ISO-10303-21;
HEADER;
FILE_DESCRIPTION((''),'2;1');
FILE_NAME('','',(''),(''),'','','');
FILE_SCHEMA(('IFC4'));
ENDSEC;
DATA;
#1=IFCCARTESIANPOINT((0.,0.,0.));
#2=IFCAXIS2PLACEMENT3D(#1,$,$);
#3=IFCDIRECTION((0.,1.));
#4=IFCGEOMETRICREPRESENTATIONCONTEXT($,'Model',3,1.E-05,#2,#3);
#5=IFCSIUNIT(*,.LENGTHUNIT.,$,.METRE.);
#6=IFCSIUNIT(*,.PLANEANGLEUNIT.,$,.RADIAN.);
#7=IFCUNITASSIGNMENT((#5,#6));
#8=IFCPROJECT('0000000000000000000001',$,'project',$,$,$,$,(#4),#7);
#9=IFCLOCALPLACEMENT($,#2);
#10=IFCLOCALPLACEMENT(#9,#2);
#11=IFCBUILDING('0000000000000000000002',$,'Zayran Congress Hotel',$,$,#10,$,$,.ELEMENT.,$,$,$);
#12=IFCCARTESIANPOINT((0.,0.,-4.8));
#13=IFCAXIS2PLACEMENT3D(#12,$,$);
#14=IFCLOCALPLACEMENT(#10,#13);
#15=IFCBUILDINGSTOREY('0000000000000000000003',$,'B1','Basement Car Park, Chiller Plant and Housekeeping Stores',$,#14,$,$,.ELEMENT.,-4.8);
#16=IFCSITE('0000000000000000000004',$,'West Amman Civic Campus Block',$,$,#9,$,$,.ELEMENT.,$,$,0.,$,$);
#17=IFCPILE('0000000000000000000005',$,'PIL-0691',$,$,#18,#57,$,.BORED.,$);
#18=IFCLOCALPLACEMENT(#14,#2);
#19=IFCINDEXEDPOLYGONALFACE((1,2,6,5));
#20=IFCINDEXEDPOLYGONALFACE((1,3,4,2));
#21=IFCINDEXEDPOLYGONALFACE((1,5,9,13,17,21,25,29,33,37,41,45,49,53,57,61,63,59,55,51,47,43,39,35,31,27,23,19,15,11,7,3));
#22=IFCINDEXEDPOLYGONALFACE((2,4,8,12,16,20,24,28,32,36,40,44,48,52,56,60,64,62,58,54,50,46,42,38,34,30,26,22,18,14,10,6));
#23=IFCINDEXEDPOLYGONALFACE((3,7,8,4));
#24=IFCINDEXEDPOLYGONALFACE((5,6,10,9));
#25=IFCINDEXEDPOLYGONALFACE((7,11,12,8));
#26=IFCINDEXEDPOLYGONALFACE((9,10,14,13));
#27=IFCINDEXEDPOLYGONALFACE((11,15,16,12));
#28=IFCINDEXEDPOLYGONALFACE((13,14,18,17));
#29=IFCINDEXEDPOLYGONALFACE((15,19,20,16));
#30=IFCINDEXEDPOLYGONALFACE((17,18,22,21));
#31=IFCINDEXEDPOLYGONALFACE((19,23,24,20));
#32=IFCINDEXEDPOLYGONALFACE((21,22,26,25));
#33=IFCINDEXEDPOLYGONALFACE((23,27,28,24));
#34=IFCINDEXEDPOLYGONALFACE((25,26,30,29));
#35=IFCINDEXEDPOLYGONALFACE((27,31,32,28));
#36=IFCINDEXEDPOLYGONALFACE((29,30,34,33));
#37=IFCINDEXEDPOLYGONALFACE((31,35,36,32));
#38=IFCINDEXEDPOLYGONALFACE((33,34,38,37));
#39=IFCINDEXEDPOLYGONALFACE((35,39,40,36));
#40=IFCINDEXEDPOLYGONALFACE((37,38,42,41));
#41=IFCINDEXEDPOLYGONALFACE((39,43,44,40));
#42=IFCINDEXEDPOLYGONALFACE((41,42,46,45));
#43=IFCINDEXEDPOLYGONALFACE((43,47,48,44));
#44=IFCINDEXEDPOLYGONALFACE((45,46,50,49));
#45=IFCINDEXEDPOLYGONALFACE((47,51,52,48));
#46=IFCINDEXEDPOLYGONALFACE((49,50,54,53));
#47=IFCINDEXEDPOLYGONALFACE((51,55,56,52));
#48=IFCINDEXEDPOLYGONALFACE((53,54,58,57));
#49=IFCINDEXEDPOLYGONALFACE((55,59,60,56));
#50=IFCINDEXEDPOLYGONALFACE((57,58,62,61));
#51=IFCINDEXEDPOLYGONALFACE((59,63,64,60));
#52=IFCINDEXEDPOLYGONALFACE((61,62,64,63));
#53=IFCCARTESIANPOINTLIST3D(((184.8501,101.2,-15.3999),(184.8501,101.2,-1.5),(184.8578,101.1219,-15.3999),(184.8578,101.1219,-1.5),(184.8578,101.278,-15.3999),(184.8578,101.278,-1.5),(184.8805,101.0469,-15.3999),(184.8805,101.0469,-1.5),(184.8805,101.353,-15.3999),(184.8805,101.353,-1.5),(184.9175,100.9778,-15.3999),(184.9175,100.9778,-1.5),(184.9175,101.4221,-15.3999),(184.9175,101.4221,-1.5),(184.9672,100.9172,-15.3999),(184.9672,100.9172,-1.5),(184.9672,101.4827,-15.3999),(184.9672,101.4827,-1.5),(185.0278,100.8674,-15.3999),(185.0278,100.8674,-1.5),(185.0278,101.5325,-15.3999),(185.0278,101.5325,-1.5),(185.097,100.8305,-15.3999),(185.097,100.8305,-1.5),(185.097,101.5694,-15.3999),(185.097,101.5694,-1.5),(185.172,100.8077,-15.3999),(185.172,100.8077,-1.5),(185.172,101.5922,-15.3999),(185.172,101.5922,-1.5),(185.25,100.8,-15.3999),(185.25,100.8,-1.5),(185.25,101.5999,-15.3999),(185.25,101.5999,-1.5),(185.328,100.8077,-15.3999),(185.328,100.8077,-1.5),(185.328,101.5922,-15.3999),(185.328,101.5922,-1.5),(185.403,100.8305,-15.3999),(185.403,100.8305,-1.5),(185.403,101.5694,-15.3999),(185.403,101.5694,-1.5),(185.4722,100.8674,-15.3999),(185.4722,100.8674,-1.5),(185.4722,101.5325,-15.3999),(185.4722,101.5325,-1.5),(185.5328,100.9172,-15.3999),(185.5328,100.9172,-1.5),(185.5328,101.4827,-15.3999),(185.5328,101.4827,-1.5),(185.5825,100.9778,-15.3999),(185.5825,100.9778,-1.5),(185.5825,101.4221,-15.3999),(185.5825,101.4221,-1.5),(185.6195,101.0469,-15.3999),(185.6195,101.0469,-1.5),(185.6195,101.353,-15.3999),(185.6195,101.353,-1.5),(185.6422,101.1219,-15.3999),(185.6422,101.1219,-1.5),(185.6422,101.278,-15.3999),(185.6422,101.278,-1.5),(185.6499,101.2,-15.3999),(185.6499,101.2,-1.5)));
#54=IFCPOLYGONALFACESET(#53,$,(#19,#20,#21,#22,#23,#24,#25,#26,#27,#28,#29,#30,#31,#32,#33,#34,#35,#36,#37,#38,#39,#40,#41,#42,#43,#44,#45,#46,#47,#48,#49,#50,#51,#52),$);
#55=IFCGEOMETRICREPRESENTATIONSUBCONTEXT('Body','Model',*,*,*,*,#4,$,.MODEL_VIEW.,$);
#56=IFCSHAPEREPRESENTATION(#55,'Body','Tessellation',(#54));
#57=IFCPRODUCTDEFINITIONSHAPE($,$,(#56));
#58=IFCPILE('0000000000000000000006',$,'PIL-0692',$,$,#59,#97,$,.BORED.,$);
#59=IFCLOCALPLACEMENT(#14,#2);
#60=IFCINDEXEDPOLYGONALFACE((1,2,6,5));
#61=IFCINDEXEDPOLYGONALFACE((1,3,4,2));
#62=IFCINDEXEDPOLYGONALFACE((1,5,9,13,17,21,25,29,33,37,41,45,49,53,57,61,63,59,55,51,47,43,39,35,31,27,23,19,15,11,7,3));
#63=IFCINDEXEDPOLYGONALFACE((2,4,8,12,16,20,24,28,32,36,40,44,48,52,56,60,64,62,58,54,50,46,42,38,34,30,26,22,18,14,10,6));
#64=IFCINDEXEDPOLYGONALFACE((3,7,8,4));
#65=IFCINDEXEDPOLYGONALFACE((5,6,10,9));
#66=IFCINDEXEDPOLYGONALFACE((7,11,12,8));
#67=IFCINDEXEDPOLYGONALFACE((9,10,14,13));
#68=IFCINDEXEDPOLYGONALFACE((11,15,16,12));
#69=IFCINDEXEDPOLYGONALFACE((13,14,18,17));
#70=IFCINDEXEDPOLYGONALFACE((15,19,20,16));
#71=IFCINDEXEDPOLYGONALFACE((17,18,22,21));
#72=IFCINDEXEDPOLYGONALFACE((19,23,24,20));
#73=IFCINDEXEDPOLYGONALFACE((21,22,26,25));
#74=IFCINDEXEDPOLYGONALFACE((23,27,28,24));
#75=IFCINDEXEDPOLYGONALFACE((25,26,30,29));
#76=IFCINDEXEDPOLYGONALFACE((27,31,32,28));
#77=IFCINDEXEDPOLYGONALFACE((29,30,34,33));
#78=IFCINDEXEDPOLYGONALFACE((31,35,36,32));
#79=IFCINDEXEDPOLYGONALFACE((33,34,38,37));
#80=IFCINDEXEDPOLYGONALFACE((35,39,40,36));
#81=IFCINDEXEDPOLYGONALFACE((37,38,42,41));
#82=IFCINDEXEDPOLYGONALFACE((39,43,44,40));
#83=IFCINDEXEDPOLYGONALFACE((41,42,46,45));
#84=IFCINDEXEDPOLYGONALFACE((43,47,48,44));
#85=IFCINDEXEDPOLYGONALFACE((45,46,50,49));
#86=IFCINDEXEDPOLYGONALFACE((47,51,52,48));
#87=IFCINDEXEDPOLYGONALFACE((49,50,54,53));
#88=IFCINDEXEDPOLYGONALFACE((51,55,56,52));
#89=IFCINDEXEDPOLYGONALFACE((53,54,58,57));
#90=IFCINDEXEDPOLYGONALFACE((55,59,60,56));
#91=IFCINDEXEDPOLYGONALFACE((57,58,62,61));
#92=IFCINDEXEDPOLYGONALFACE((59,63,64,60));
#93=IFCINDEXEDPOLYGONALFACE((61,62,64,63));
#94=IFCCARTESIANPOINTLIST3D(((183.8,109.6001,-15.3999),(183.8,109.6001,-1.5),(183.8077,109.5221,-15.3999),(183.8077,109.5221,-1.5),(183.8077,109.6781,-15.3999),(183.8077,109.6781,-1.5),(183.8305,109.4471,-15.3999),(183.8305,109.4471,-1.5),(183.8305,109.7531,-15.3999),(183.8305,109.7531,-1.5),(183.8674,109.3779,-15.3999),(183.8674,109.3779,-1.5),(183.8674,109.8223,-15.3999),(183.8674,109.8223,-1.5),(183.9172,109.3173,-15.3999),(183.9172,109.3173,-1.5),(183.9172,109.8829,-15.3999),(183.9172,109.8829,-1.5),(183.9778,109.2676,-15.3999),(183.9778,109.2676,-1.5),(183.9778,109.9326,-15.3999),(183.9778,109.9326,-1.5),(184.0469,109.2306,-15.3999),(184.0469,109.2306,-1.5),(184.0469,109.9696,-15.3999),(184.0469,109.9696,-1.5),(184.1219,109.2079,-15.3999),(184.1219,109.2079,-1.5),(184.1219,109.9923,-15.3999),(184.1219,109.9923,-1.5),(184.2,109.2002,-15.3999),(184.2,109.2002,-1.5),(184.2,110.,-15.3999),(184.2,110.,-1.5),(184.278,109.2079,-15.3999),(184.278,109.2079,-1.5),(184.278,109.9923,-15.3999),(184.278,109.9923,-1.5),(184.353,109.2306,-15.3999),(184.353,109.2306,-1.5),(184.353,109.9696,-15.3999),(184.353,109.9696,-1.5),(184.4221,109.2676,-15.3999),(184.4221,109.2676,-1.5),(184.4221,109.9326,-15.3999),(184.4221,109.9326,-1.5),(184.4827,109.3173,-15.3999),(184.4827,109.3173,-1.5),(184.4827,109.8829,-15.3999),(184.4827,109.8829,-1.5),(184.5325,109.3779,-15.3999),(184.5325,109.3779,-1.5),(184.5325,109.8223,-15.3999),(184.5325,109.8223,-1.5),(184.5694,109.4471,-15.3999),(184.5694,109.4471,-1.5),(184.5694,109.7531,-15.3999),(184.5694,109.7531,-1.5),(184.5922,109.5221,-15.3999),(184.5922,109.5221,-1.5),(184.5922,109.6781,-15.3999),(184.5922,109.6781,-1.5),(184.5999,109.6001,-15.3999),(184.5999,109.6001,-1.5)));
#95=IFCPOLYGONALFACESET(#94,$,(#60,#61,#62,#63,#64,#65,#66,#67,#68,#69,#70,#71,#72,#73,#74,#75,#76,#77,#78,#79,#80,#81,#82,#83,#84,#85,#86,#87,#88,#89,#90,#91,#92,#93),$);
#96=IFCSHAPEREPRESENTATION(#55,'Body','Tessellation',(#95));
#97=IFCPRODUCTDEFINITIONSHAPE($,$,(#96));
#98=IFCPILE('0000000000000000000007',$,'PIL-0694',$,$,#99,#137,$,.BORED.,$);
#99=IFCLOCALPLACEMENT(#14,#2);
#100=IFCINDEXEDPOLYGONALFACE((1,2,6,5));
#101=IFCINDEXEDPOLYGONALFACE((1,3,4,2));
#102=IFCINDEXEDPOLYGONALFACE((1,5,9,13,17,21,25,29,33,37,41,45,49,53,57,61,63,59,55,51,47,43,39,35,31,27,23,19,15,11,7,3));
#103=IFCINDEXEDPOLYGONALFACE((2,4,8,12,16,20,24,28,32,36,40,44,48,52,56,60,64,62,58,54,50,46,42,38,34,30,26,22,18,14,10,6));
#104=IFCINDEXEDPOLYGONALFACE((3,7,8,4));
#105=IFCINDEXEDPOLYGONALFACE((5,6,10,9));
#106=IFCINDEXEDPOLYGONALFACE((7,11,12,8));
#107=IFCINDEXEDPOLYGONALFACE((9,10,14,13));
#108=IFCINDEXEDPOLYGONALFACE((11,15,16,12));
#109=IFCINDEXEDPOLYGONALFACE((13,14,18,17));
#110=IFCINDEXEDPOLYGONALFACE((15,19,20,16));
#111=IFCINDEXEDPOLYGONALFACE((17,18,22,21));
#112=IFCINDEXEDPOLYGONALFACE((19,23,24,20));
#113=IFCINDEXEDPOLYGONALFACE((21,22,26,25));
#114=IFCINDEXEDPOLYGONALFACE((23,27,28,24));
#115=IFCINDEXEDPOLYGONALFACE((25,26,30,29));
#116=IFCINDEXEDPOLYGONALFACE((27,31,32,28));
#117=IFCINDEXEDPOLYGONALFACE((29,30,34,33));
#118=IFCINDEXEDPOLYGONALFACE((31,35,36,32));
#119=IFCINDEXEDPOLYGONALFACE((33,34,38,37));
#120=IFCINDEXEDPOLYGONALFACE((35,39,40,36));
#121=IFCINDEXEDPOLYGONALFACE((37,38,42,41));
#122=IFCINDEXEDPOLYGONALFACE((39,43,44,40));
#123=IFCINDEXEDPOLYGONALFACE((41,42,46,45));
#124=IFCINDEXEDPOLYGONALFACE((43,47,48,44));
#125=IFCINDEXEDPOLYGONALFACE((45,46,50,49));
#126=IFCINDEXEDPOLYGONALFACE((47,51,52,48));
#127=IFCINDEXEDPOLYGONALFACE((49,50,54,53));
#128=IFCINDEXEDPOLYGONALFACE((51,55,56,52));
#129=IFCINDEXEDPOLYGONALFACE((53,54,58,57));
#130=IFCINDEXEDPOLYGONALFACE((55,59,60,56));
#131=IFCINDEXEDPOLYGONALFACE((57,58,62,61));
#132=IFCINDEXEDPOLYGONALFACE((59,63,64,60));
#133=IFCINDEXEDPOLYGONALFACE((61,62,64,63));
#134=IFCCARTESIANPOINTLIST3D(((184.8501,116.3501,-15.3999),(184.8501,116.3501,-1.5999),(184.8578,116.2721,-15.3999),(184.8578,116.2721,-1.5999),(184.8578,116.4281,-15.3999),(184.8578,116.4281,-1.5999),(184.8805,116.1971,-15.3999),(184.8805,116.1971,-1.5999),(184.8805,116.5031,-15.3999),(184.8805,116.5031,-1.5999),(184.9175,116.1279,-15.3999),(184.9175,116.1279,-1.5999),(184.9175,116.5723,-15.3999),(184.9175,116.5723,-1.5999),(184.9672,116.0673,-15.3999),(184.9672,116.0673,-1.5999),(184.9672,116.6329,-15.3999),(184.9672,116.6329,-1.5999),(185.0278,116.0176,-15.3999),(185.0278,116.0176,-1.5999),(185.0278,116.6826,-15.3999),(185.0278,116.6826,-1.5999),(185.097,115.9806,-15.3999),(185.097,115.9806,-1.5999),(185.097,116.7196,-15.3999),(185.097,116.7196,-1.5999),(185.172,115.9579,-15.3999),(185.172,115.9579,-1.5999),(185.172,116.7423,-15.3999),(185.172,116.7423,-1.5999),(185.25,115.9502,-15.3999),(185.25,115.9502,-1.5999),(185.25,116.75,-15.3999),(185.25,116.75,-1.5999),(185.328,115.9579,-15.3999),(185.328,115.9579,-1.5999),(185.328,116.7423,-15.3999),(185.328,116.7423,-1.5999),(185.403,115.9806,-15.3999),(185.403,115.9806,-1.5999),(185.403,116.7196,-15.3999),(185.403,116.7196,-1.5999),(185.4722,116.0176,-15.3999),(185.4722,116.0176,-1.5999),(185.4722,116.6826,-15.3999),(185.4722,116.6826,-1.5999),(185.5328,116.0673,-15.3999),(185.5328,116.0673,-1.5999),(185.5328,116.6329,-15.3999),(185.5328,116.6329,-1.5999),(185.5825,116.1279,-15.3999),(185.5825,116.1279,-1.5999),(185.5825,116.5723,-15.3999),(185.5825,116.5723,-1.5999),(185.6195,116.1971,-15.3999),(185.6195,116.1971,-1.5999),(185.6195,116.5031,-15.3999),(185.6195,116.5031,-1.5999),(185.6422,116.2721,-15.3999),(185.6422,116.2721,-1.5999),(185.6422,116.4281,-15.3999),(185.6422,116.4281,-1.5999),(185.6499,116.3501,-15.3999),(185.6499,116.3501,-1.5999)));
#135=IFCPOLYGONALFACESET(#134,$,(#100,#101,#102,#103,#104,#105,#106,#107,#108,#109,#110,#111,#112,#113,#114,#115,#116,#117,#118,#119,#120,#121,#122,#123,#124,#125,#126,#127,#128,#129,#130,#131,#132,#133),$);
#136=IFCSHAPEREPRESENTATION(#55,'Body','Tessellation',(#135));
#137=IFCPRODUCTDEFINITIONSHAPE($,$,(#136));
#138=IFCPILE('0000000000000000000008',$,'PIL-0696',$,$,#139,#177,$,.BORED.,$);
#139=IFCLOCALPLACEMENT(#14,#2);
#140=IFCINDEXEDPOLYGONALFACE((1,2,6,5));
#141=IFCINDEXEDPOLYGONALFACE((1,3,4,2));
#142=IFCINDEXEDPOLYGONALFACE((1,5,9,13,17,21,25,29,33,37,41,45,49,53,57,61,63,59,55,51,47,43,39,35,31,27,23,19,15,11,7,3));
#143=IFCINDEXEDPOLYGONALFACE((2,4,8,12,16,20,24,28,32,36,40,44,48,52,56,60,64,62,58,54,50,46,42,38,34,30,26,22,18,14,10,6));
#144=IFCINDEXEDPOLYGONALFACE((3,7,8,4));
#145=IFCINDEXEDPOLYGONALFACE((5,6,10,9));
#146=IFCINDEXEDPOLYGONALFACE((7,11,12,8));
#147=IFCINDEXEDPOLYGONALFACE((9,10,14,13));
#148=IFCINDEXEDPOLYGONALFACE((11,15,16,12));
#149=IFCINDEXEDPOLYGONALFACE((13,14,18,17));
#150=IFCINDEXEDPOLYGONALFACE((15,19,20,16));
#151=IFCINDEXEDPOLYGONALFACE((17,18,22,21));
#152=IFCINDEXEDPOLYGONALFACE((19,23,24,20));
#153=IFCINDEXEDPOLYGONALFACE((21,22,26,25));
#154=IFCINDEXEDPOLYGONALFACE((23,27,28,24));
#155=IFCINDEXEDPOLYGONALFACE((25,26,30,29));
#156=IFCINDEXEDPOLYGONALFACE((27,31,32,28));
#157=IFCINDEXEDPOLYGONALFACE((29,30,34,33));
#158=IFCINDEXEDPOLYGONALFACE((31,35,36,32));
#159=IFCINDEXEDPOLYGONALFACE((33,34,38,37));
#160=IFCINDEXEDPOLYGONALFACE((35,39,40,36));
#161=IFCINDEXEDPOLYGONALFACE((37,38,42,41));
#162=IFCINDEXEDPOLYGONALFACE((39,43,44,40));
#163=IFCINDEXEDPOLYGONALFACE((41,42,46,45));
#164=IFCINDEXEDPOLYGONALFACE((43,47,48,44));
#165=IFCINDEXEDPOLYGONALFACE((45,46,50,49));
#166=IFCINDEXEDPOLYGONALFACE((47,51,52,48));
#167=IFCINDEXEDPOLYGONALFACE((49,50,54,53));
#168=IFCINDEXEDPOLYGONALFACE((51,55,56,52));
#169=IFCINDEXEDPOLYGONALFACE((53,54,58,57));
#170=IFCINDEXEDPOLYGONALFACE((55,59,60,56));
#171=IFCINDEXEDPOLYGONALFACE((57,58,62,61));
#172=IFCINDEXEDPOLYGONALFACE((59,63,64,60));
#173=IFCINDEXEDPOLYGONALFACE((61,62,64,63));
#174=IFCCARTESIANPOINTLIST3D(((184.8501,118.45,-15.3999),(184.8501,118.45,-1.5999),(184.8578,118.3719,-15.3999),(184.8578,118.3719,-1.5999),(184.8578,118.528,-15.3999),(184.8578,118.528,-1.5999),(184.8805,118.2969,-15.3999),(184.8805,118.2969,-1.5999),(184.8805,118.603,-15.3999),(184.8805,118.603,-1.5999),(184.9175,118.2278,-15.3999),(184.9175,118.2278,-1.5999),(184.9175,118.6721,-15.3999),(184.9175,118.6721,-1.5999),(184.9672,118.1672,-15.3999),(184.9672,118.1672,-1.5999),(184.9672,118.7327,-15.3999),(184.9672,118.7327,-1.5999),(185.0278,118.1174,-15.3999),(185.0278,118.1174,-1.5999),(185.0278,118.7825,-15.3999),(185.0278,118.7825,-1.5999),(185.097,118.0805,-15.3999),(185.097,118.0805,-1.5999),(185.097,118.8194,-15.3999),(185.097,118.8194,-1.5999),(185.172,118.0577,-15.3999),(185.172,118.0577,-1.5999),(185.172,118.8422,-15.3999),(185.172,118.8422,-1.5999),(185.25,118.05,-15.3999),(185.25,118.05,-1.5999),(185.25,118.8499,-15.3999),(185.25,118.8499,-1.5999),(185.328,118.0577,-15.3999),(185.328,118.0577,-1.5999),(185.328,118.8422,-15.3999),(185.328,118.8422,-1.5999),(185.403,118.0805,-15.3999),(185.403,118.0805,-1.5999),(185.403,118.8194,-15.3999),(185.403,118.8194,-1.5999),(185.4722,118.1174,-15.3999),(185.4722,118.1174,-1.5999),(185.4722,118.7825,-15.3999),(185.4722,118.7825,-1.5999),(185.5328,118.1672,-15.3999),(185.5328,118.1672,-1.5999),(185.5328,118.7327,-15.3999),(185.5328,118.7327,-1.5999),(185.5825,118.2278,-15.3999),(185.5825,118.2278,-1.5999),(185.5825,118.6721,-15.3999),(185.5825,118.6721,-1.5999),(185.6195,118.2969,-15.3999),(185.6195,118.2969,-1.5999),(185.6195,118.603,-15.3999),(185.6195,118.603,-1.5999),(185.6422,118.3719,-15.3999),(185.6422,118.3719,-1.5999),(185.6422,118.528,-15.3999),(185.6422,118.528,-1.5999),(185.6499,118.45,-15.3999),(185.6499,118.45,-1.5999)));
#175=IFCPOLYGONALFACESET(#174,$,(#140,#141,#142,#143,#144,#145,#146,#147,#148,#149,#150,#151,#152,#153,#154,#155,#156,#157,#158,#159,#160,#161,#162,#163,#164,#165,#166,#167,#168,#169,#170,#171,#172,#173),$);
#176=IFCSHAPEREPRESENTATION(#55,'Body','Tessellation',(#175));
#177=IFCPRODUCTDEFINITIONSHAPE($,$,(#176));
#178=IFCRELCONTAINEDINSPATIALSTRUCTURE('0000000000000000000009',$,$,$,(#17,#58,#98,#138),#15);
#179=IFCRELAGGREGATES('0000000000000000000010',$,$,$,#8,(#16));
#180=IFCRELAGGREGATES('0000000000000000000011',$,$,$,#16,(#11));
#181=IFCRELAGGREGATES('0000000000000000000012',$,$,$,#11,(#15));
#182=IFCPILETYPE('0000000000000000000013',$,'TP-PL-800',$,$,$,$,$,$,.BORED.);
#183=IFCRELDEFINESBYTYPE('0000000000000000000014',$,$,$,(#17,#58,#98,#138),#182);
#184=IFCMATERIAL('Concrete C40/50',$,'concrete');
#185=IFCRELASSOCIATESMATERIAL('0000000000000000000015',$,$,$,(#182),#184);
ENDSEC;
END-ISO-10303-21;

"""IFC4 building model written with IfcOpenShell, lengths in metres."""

from ifc_helpers import new_model, si_unit, direction, frame, origin, origin_2d, place, context, subcontext, project, spatial, circle, extrude, material, material_profile, profile_set, type_object, element, save


model = new_model("IFC4")

# Units and contexts
model_context = context("Model", 3, precision=1e-05, world=origin(), true_north=direction((0.0, 1.0)))
body_context = subcontext(model_context, "Body", "Model", "MODEL_VIEW")
ifc_project = project(units=[si_unit("LENGTHUNIT", "METRE"), si_unit("PLANEANGLEUNIT", "RADIAN")], contexts=[model_context])

# Site, building, storey
site_placement = place(None, origin())
site = spatial("IfcSite", under=ifc_project, at=site_placement, Name="West Amman Civic Campus Block", CompositionType="ELEMENT", RefElevation=0.0)
building_placement = place(site_placement, origin())
building = spatial("IfcBuilding", under=site, at=building_placement, Name="Zayran Congress Hotel", CompositionType="ELEMENT")
storey_placement = place(building_placement, frame((0.0, 0.0, -4.8)))
storey = spatial("IfcBuildingStorey", under=building, at=storey_placement, Name="B1", Description="Basement Car Park, Chiller Plant and Housekeeping Stores", CompositionType="ELEMENT", Elevation=-4.8)

# Piles
ifc_material_1 = material(Name="Concrete C40/50", Category="concrete")
ifc_material_profile_1 = material_profile(ifc_material_1, circle(Radius=0.3999, at=origin_2d()), Name="PILE D800")
ifc_profile_set_1 = profile_set([ifc_material_profile_1], Name="Concrete C40/50")
pile_type = type_object("IfcPileType", Name="TP-PL-800", PredefinedType="BORED", material=ifc_profile_set_1)
for number, where, z_axis, x_axis, name in (
    (1, (185.25, 101.2, -1.5), (0.0, 0.0, -1.0), (1.0, 0.0, 0.0), "PIL-0691"),
    (2, (184.2, 109.6001, -1.5), (0.0, 0.0, -1.0), (1.0, 0.0, 0.0), "PIL-0692"),
):
    element("IfcPile", number, at=place(storey_placement, frame(where, z_axis=z_axis, x_axis=x_axis)), inside=storey, type_object=pile_type, Name=name, PredefinedType="BORED", context=body_context, shape_type="SweptSolid", body=[
        extrude(circle(Radius=0.3999, at=origin_2d()), origin(), (0.0, 0.0, 1.0), 13.8999),
    ])
for number, where, z_axis, x_axis, name in (
    (3, (185.25, 116.3501, -1.5999), (0.0, 0.0, -1.0), (1.0, 0.0, 0.0), "PIL-0694"),
    (4, (185.25, 118.45, -1.5999), (0.0, 0.0, -1.0), (1.0, 0.0, 0.0), "PIL-0696"),
):
    element("IfcPile", number, at=place(storey_placement, frame(where, z_axis=z_axis, x_axis=x_axis)), inside=storey, type_object=pile_type, Name=name, PredefinedType="BORED", context=body_context, shape_type="SweptSolid", body=[
        extrude(circle(Radius=0.3999, at=origin_2d()), origin(), (0.0, 0.0, 1.0), 13.8),
    ])

save(model, "model.ifc")
